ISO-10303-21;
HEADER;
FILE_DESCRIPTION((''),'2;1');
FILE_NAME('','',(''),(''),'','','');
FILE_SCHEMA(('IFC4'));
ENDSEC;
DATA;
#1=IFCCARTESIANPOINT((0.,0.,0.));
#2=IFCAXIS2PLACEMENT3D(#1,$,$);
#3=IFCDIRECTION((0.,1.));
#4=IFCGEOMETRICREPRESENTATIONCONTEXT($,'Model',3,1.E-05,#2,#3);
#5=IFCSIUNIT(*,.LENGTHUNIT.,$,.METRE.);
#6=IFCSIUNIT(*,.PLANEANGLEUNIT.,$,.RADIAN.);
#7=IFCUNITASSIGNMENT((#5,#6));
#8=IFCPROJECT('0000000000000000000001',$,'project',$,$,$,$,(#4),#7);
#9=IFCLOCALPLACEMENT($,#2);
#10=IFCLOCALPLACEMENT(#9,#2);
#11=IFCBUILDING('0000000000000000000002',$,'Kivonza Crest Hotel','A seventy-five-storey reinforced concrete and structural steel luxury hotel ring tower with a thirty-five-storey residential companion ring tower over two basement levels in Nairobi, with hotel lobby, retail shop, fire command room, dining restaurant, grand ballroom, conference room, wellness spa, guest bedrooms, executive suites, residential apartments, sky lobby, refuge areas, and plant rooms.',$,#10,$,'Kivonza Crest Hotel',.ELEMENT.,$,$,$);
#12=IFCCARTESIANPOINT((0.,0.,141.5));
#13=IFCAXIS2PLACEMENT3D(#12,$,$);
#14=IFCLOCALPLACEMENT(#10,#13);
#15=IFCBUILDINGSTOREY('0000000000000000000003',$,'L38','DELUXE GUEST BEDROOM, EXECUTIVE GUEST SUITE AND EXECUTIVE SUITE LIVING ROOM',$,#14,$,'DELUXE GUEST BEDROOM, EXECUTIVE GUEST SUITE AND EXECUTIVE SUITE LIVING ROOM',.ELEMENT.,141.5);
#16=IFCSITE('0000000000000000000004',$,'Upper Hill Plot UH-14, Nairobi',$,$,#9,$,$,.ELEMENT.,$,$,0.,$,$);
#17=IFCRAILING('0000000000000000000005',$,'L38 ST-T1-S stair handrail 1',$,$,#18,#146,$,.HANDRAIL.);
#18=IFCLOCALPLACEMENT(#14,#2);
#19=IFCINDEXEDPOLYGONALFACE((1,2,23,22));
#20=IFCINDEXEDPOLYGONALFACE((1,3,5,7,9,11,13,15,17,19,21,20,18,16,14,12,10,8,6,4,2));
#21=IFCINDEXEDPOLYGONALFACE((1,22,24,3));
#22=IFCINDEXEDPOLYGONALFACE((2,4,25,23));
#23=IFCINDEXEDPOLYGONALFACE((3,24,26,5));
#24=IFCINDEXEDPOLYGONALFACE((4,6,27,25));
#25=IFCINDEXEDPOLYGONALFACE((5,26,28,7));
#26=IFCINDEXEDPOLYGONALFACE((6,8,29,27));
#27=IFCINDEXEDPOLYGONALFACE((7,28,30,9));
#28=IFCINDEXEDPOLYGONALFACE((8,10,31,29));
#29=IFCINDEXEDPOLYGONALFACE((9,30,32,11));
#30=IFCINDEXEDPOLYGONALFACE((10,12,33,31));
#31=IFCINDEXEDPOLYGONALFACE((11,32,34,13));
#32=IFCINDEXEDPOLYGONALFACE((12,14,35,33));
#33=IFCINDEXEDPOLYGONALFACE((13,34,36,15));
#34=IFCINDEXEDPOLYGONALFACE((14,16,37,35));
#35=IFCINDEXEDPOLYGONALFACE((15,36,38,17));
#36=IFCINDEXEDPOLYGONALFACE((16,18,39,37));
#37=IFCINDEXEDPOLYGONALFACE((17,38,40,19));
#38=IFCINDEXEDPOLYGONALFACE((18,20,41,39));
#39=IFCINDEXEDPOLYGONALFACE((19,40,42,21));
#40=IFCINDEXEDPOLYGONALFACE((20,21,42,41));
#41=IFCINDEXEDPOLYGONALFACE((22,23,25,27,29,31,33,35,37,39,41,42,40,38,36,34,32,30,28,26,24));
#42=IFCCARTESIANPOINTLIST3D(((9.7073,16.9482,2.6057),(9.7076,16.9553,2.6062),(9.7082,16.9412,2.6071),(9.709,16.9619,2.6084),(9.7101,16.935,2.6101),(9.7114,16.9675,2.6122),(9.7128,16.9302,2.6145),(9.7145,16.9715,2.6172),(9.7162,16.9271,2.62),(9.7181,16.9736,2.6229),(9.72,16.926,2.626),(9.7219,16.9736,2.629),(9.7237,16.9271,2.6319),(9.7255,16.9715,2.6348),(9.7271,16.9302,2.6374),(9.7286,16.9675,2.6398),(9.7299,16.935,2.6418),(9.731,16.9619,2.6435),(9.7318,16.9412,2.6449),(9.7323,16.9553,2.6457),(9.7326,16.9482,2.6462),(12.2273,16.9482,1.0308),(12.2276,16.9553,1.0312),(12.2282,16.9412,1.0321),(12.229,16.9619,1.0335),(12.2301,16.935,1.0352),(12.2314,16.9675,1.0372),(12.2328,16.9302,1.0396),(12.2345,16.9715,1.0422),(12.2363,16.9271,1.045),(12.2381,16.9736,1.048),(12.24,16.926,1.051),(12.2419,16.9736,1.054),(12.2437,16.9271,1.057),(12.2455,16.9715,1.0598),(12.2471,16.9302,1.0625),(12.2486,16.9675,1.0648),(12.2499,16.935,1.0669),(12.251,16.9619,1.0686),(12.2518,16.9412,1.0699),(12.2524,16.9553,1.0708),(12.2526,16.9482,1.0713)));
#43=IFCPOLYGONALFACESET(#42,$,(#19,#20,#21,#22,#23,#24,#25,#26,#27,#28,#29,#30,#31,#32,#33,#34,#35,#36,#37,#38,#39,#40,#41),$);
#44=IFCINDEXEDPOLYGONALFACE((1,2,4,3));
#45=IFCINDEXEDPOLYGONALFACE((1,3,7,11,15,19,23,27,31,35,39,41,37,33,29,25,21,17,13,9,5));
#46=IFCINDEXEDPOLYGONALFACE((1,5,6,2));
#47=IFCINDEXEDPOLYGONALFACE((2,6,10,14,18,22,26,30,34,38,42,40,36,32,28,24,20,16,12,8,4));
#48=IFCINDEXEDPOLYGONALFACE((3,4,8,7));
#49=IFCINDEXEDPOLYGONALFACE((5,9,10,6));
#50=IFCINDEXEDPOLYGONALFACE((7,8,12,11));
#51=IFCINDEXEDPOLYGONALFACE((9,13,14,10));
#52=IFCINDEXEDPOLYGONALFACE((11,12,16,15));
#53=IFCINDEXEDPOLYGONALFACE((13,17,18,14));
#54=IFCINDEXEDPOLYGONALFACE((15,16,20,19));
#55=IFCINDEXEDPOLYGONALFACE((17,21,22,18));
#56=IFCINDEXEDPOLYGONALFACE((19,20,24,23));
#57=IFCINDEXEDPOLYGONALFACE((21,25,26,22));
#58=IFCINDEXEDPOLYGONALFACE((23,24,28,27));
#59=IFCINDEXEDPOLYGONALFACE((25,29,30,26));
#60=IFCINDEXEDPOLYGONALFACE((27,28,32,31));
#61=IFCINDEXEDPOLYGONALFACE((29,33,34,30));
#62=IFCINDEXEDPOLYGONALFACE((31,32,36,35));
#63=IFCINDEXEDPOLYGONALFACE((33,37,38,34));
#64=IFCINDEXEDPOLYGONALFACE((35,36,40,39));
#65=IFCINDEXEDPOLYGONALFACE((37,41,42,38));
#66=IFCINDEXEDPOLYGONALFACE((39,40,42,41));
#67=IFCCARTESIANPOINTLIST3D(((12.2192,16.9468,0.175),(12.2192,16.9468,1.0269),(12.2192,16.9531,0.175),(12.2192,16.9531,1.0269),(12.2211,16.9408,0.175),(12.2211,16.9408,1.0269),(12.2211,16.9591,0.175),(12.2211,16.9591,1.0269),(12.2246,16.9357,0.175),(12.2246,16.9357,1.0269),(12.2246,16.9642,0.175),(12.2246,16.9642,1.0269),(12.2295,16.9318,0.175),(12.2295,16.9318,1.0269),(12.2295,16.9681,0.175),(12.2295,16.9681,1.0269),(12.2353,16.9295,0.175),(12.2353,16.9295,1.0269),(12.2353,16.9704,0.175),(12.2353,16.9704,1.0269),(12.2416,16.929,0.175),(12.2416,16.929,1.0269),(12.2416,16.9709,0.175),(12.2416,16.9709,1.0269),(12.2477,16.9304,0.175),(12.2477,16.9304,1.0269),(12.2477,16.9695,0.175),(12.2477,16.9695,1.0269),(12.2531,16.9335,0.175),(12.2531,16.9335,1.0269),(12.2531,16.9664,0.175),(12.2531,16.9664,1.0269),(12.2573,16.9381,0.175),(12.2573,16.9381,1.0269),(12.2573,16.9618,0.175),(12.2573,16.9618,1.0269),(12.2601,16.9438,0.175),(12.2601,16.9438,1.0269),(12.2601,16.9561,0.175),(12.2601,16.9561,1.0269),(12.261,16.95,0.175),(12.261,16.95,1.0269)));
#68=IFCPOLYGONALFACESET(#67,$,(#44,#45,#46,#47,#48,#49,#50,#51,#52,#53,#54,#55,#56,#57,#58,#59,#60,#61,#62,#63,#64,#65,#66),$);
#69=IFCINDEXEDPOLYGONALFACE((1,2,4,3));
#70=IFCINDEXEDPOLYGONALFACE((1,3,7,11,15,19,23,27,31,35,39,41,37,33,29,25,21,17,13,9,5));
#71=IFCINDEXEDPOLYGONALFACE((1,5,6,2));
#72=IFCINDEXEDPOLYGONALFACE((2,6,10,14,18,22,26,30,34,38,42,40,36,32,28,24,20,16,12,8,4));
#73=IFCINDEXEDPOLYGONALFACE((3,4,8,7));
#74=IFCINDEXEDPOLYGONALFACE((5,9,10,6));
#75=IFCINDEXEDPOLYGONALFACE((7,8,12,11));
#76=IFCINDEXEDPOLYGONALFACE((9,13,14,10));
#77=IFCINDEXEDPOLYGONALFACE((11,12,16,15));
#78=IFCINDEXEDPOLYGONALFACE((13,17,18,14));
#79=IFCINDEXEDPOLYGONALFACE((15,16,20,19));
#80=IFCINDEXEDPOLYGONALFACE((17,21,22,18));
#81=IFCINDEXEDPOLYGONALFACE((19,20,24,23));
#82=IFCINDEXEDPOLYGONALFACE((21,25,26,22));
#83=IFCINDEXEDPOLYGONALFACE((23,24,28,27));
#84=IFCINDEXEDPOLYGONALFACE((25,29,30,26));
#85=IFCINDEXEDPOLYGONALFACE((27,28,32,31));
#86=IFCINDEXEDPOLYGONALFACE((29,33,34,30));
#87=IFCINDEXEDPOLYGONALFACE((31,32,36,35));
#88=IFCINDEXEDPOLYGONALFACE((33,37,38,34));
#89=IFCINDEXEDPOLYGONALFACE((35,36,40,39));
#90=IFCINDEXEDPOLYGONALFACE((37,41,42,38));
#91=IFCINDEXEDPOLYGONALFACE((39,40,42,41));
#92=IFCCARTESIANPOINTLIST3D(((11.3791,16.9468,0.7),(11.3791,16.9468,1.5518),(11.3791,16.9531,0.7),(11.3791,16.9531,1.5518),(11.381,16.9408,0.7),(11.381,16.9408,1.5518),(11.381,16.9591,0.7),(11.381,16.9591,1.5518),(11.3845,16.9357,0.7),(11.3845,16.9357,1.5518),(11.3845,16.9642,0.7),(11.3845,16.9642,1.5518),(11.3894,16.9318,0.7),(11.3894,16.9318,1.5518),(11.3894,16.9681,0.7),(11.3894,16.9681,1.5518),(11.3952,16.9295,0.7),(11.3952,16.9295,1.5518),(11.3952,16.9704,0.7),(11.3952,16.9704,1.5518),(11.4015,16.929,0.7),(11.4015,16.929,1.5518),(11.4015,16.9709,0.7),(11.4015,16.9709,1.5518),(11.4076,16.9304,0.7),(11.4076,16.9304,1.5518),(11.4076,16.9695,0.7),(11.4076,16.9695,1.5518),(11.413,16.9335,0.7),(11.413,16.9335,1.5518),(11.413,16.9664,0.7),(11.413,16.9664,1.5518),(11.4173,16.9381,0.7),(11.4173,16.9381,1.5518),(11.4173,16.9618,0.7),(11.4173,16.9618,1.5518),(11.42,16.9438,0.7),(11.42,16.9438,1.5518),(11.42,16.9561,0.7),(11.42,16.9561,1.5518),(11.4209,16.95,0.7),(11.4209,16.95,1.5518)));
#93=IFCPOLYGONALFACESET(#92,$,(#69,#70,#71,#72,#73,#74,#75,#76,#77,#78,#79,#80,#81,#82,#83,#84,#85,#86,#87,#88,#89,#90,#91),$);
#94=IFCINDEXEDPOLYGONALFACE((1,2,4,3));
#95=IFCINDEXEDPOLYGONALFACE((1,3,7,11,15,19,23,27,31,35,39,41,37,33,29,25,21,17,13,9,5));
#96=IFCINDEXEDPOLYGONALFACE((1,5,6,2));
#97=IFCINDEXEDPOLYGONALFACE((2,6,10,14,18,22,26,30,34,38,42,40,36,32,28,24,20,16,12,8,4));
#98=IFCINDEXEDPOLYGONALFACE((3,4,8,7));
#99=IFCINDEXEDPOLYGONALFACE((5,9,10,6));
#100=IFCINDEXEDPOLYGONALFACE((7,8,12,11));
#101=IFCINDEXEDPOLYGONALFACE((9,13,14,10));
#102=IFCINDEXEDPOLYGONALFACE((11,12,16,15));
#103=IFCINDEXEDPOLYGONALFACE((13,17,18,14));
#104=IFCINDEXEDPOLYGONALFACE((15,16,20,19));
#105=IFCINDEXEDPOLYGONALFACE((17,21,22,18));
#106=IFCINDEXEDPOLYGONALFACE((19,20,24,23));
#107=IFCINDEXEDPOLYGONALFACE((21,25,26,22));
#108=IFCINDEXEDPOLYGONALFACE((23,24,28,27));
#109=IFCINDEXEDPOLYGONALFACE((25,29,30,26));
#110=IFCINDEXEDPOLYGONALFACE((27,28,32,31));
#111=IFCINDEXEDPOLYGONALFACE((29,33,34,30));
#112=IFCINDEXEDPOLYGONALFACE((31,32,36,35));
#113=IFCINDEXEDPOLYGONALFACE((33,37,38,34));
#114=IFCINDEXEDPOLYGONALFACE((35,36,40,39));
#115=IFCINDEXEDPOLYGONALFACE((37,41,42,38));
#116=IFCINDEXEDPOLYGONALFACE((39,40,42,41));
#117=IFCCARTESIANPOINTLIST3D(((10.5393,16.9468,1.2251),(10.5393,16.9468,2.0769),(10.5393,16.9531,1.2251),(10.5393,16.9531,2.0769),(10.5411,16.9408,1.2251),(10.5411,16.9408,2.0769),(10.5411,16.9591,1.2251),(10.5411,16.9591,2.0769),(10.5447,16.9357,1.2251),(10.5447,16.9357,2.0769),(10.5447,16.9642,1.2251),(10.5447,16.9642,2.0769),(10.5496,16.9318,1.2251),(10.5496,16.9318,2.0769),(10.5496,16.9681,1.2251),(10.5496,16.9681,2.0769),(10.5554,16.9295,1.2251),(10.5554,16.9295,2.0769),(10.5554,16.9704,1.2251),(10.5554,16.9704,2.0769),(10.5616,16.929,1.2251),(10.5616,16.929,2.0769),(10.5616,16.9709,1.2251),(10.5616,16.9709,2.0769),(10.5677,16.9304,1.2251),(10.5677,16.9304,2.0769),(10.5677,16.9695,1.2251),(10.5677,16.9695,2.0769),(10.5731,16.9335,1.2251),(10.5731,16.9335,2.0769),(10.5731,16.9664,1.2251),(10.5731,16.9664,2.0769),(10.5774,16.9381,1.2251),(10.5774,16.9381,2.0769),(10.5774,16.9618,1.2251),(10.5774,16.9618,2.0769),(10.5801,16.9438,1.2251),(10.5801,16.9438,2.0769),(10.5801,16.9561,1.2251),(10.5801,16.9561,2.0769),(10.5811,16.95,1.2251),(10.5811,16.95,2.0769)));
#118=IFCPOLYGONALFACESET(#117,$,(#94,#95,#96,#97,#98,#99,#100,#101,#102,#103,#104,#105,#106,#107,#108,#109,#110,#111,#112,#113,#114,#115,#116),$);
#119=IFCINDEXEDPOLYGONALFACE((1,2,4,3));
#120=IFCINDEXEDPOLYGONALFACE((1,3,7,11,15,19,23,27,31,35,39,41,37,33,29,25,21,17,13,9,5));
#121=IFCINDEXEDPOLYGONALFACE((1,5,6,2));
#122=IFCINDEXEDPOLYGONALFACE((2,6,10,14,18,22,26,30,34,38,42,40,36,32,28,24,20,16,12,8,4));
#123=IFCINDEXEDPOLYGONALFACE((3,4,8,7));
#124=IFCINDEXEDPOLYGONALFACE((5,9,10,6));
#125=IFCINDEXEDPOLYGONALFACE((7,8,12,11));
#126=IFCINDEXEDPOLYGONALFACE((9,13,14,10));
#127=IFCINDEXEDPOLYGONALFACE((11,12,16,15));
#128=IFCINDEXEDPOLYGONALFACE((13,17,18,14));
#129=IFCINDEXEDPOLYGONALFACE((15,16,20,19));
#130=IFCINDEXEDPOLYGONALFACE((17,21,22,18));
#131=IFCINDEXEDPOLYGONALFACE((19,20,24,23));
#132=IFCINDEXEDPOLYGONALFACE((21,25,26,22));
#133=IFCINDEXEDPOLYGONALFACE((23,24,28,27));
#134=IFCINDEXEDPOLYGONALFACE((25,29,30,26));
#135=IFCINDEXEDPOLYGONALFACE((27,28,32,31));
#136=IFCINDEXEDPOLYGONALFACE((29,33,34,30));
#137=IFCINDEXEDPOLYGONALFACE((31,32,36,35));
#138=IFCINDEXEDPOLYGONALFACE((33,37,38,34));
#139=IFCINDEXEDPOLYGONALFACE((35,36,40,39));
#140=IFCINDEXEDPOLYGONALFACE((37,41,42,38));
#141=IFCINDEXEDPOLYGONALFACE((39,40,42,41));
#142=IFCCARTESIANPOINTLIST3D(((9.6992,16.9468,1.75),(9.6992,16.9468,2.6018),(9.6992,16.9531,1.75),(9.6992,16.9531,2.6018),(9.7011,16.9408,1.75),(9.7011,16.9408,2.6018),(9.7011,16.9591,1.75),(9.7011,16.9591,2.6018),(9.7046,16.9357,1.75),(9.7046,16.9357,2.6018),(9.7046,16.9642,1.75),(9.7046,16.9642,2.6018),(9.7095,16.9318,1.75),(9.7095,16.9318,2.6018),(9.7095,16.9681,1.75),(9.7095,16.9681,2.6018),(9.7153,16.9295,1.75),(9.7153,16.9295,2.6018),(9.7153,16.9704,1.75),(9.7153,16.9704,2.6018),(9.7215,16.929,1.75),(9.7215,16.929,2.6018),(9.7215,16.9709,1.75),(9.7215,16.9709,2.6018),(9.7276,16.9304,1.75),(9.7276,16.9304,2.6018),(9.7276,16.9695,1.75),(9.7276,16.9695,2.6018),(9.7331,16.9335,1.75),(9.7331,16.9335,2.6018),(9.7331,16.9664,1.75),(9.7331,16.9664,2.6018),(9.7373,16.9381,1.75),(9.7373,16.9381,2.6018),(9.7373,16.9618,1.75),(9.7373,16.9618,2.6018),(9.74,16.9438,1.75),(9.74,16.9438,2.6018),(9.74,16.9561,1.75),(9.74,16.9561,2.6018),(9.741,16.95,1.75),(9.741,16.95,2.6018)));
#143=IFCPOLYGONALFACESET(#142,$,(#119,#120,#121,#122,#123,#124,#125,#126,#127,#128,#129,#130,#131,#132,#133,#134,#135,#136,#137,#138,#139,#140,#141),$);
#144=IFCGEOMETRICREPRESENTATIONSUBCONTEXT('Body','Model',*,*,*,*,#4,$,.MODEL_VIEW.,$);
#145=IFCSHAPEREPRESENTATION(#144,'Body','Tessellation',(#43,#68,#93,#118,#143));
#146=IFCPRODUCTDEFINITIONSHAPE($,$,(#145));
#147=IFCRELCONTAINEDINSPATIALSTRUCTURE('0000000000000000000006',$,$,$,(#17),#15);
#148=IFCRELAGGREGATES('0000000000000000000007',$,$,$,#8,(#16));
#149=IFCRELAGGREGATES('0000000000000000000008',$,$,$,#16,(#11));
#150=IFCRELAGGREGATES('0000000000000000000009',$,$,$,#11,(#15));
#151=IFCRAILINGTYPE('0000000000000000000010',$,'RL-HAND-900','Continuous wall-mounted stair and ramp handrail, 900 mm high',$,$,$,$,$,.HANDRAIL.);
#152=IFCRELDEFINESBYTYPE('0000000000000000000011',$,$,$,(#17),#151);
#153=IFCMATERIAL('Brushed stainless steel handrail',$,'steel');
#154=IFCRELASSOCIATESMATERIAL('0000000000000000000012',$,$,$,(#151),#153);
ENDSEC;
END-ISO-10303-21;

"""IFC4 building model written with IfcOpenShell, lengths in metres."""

from ifc_helpers import new_model, si_unit, direction, frame, origin, origin_2d, place, context, subcontext, project, spatial, circle, extrude, material, type_object, element, save


model = new_model("IFC4")

# Units and contexts
model_context = context("Model", 3, precision=1e-05, world=origin(), true_north=direction((0.0, 1.0)))
body_context = subcontext(model_context, "Body", "Model", "MODEL_VIEW")
ifc_project = project(units=[si_unit("LENGTHUNIT", "METRE"), si_unit("PLANEANGLEUNIT", "RADIAN")], contexts=[model_context])

# Site, building, storey
site_placement = place(None, origin())
site = spatial("IfcSite", under=ifc_project, at=site_placement, Name="Upper Hill Plot UH-14, Nairobi", CompositionType="ELEMENT", RefElevation=0.0)
building_placement = place(site_placement, origin())
building = spatial("IfcBuilding", under=site, at=building_placement, Name="Kivonza Crest Hotel", Description="A seventy-five-storey reinforced concrete and structural steel luxury hotel ring tower with a thirty-five-storey residential companion ring tower over two basement levels in Nairobi, with hotel lobby, retail shop, fire command room, dining restaurant, grand ballroom, conference room, wellness spa, guest bedrooms, executive suites, residential apartments, sky lobby, refuge areas, and plant rooms.", LongName="Kivonza Crest Hotel", CompositionType="ELEMENT")
storey_placement = place(building_placement, frame((0.0, 0.0, 141.5)))
storey = spatial("IfcBuildingStorey", under=building, at=storey_placement, Name="L38", Description="DELUXE GUEST BEDROOM, EXECUTIVE GUEST SUITE AND EXECUTIVE SUITE LIVING ROOM", LongName="DELUXE GUEST BEDROOM, EXECUTIVE GUEST SUITE AND EXECUTIVE SUITE LIVING ROOM", CompositionType="ELEMENT", Elevation=141.5)

# Railing
ifc_material_1 = material(Name="Brushed stainless steel handrail", Category="steel")
railing_type_1 = type_object("IfcRailingType", Name="RL-HAND-900", Description="Continuous wall-mounted stair and ramp handrail, 900 mm high", PredefinedType="HANDRAIL", material=ifc_material_1)
railing_1_placement = place(storey_placement, frame((12.24, 16.95, 0.175)))
element("IfcRailing", 1, at=railing_1_placement, inside=storey, type_object=railing_type_1, Name="L38 ST-T1-S stair handrail 1", PredefinedType="HANDRAIL", context=body_context, shape_type="SweptSolid", body=[
    extrude(circle(Radius=0.0239, at=origin_2d()), frame((0.0, 0.0, 0.876), z_axis=(-0.848008, 0.0, 0.529984), x_axis=(0.0, -1.0, 0.0)), (0.0, 0.0, 1.0), 2.9717),
    extrude(circle(Radius=0.021, at=origin_2d()), origin(), (0.0, 0.0, 1.0), 0.8518),
    extrude(circle(Radius=0.021, at=origin_2d()), frame((-0.8401, 0.0, 0.5249)), (0.0, 0.0, 1.0), 0.8518),
    extrude(circle(Radius=0.021, at=origin_2d()), frame((-1.6799, 0.0, 1.05)), (0.0, 0.0, 1.0), 0.8518),
    extrude(circle(Radius=0.021, at=origin_2d()), frame((-2.52, 0.0, 1.575)), (0.0, 0.0, 1.0), 0.8518),
])

save(model, "model.ifc")
